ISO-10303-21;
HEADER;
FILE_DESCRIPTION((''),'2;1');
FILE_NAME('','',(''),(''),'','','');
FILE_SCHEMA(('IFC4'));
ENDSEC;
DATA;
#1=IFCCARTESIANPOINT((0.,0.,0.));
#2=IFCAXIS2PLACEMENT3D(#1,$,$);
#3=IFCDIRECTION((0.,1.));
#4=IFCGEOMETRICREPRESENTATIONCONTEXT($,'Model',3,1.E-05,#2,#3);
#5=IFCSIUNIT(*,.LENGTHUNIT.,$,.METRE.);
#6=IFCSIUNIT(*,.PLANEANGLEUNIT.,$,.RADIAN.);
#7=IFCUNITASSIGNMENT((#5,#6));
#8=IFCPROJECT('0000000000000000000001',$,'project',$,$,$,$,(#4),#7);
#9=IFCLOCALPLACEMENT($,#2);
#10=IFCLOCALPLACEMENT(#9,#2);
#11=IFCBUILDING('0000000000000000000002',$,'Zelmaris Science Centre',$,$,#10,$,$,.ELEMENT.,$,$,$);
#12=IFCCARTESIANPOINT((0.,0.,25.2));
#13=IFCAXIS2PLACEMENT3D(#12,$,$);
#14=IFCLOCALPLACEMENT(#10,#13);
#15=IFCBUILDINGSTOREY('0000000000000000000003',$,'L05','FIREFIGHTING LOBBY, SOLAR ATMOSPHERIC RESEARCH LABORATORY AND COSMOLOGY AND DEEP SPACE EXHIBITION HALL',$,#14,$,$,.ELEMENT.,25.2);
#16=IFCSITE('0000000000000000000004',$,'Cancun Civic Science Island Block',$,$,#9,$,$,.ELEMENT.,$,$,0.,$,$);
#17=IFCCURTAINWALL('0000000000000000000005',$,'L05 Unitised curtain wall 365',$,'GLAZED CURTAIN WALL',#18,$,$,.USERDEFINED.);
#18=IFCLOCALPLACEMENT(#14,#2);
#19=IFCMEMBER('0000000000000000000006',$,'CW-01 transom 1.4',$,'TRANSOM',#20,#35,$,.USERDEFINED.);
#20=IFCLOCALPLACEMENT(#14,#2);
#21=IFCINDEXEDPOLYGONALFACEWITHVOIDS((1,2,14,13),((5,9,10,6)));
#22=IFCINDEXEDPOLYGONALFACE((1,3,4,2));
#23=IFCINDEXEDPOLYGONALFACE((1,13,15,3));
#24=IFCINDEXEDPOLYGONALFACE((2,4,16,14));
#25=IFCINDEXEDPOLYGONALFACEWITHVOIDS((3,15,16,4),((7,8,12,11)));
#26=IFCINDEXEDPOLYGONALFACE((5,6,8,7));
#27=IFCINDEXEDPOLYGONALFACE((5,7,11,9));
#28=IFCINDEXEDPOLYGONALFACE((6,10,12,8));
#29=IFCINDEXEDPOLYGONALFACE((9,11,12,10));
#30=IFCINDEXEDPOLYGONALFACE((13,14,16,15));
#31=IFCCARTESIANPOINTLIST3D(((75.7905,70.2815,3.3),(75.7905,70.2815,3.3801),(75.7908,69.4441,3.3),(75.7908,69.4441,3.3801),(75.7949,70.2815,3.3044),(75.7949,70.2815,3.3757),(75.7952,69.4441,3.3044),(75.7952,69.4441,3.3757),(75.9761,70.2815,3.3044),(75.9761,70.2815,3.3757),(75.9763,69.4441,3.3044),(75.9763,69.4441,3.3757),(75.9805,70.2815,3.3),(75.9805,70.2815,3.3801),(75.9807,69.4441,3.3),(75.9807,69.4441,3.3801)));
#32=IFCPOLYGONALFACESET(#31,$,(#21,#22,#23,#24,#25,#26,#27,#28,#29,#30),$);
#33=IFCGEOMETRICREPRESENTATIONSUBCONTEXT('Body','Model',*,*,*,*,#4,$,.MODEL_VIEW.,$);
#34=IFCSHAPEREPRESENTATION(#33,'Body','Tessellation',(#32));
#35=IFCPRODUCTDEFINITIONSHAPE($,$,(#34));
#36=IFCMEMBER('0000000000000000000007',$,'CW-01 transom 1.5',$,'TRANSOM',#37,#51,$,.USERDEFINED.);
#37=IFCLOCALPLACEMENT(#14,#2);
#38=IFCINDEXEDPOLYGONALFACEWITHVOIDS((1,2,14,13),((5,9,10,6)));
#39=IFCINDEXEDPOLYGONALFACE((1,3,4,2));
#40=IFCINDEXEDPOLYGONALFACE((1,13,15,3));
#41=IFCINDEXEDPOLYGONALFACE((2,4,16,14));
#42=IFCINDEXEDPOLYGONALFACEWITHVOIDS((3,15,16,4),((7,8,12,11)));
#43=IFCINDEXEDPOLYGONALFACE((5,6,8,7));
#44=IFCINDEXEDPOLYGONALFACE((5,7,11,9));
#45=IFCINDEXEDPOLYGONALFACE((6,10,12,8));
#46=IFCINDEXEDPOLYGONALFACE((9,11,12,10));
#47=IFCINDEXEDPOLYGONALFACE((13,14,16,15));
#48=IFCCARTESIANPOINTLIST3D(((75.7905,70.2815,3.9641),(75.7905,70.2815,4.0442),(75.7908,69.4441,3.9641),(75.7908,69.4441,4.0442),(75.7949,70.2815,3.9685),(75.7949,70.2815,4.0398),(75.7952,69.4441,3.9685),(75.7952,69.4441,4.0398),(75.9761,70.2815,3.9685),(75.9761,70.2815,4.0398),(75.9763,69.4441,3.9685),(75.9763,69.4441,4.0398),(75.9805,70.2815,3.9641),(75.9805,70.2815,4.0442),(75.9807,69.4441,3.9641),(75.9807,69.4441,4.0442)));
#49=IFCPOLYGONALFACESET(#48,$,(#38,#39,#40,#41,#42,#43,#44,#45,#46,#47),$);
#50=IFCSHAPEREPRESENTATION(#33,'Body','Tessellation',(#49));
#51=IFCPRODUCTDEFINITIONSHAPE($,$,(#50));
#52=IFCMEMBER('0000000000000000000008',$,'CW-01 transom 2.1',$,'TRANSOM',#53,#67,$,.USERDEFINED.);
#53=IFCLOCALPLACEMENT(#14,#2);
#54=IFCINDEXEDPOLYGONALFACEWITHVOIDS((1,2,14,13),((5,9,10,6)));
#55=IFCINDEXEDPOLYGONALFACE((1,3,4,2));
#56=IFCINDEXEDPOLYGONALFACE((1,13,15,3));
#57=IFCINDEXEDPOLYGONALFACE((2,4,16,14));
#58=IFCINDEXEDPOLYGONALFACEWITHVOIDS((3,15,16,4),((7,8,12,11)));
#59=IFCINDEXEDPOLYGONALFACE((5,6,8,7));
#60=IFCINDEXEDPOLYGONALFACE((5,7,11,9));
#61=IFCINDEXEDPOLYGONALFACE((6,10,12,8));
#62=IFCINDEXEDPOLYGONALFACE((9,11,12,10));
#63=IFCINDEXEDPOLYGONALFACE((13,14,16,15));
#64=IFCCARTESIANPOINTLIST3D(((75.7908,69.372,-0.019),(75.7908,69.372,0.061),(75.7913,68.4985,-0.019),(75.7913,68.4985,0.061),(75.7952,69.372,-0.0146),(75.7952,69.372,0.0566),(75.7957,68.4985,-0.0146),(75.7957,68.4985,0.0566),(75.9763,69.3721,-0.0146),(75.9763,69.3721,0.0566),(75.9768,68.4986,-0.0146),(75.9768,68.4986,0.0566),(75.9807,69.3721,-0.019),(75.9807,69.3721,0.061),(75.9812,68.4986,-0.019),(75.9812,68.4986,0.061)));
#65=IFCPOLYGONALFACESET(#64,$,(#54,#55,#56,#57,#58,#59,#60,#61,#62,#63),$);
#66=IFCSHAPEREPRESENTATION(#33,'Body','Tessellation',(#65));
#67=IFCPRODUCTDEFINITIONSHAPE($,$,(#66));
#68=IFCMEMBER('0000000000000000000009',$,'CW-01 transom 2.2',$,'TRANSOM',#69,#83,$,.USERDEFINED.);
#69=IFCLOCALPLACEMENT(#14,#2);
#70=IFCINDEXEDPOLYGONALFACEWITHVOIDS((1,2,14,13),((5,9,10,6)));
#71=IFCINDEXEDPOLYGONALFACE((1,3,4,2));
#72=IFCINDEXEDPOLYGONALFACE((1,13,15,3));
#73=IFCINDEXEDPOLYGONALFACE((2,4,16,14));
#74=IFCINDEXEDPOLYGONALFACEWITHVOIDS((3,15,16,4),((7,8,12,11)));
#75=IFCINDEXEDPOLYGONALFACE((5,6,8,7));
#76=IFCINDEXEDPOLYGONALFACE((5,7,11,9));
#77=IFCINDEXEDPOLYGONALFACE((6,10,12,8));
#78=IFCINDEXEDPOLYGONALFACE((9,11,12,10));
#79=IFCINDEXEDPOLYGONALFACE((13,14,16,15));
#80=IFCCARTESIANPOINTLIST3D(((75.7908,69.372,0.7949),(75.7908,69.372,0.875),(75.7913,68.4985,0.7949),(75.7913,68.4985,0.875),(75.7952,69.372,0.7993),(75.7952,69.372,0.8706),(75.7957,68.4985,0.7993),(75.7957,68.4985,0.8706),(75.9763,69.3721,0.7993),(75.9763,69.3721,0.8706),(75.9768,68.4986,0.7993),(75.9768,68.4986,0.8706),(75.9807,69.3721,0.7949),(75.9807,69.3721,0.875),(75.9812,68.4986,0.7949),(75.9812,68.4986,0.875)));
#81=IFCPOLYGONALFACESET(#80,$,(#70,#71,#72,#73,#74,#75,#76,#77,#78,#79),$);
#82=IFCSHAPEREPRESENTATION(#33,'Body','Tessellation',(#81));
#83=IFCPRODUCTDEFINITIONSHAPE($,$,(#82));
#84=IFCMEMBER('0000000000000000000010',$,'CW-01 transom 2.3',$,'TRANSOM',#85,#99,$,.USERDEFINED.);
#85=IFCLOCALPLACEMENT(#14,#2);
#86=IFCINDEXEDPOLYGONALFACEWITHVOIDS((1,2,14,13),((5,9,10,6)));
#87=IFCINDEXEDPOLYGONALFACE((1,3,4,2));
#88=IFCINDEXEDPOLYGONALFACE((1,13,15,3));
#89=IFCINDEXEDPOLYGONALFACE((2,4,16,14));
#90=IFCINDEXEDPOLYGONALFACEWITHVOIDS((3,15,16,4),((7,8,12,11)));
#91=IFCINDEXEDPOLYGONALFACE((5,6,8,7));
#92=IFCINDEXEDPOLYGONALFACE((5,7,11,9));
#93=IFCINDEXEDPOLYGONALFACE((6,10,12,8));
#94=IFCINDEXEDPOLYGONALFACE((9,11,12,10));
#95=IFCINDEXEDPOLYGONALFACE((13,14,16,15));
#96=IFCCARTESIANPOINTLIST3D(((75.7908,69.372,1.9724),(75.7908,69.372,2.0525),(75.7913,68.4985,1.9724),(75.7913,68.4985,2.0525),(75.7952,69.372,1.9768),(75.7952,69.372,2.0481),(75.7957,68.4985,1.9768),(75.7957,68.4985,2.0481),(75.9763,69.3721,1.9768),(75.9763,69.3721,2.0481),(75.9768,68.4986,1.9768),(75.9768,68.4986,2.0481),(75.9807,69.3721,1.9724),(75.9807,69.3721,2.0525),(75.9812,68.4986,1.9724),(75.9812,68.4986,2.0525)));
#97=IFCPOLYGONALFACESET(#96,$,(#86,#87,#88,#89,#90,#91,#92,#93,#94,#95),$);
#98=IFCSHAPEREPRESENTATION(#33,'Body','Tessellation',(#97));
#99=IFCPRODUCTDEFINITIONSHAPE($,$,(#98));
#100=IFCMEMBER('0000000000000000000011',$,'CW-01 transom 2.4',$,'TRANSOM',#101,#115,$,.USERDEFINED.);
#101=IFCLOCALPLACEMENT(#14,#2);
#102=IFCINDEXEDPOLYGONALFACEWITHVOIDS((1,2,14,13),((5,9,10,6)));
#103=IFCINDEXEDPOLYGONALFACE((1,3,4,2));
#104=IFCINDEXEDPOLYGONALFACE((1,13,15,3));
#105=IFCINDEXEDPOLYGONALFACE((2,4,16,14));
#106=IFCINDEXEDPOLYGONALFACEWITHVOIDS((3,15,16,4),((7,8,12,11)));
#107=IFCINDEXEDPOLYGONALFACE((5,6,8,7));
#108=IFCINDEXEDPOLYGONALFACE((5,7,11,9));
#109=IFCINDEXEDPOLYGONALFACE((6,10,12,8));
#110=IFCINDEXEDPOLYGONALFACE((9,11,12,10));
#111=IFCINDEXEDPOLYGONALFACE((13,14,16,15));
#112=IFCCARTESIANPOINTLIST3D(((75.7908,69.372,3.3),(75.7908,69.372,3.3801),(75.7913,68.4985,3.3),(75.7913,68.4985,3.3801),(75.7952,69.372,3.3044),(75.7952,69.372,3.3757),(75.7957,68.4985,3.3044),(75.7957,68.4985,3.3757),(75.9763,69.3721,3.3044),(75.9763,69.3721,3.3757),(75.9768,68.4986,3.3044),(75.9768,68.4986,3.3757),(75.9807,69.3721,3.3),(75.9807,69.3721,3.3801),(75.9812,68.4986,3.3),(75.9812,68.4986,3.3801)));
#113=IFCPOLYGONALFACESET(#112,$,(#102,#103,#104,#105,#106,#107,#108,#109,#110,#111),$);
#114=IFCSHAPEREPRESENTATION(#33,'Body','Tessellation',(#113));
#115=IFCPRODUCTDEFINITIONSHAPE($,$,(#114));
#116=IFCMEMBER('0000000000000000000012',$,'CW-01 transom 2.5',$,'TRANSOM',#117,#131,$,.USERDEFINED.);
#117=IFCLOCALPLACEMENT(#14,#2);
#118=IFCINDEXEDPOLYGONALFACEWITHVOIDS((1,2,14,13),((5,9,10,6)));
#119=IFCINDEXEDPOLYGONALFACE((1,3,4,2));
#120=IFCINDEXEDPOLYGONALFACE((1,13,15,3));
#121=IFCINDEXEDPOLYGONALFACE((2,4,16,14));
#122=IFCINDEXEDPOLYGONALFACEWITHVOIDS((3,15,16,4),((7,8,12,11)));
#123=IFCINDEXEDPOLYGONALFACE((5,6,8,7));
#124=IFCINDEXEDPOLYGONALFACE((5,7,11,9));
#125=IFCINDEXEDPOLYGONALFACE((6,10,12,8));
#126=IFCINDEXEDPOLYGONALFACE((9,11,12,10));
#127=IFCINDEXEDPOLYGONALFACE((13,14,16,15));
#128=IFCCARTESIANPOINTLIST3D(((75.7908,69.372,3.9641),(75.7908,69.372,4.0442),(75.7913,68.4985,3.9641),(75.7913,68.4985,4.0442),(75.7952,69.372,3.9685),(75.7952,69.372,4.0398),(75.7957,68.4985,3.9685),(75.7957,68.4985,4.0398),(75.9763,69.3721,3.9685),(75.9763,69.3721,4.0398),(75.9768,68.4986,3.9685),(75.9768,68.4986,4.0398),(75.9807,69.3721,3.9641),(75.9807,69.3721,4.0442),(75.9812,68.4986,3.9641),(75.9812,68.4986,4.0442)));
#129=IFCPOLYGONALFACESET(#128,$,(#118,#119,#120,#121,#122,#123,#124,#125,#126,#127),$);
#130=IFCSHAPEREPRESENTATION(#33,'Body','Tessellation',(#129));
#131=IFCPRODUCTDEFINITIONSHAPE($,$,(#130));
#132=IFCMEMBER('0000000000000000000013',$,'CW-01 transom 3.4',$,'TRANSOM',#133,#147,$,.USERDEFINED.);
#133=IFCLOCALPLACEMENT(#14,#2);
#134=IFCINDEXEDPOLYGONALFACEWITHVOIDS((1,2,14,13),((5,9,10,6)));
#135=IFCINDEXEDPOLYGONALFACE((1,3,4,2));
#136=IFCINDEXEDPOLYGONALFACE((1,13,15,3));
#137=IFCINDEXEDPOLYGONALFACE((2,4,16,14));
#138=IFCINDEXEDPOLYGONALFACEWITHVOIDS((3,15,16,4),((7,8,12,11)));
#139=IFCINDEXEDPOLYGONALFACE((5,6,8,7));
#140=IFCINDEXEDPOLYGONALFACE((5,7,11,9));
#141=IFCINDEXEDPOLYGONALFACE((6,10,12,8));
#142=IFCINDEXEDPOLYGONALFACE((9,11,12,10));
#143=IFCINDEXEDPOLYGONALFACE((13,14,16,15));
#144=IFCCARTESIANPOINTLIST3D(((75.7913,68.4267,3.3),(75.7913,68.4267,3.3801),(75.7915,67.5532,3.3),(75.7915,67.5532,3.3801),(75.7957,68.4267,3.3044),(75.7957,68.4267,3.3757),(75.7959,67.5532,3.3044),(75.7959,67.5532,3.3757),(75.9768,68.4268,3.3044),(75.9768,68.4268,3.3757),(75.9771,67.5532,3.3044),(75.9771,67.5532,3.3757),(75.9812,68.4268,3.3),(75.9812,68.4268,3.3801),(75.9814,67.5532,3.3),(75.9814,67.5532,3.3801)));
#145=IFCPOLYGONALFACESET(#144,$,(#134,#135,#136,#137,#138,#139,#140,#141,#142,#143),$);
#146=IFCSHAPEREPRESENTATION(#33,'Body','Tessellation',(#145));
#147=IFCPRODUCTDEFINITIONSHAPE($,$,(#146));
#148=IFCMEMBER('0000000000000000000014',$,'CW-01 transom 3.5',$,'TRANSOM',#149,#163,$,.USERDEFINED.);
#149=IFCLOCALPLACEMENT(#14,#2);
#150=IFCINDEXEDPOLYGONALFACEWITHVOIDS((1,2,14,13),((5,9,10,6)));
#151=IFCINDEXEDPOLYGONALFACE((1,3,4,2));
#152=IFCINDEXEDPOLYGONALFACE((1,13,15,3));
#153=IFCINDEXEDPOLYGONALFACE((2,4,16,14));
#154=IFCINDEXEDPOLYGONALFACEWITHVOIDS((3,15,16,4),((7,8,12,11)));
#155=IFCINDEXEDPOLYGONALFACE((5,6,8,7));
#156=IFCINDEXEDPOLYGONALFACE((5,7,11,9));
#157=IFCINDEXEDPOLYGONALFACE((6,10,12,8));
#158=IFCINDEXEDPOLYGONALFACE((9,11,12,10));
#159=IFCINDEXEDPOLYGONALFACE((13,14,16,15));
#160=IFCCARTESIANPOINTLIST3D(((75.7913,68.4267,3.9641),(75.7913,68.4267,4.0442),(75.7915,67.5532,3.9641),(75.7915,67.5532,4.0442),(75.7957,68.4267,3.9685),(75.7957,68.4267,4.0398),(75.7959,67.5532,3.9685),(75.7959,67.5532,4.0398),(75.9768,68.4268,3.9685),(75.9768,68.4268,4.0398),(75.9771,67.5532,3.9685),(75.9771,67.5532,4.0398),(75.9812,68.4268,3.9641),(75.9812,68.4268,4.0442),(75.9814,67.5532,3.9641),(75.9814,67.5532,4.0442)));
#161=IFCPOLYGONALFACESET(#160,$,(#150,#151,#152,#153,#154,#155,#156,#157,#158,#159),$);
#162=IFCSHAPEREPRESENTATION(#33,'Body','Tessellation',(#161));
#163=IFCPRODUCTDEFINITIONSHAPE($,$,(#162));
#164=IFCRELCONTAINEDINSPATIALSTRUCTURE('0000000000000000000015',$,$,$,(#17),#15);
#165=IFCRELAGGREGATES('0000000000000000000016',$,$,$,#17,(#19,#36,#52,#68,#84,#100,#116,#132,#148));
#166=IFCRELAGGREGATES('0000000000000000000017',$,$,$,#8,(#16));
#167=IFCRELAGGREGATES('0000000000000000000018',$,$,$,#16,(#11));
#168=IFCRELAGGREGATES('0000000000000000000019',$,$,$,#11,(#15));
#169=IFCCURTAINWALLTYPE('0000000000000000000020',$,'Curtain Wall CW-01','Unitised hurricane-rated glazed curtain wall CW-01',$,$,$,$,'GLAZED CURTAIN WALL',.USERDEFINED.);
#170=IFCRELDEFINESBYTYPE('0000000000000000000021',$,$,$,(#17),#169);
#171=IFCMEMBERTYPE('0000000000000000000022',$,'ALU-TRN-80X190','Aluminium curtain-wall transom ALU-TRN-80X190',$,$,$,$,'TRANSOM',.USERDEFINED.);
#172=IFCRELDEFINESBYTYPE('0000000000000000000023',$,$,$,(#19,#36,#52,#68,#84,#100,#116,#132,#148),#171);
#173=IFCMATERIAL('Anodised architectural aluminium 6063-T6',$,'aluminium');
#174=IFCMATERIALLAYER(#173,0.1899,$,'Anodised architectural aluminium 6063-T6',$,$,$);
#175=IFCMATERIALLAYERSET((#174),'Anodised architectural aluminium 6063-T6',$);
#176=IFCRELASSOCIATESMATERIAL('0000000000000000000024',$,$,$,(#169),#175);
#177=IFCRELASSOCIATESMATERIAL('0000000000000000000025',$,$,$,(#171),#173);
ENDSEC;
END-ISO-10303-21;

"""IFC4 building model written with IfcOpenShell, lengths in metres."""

from ifc_helpers import new_model, si_unit, direction, frame, origin, origin_2d, place, context, subcontext, project, spatial, hollow_rectangle, extrude, material, layer, layer_set, material_profile, profile_set, type_object, element, aggregate, save


model = new_model("IFC4")

# Units and contexts
model_context = context("Model", 3, precision=1e-05, world=origin(), true_north=direction((0.0, 1.0)))
body_context = subcontext(model_context, "Body", "Model", "MODEL_VIEW")
ifc_project = project(units=[si_unit("LENGTHUNIT", "METRE"), si_unit("PLANEANGLEUNIT", "RADIAN")], contexts=[model_context])

# Site, building, storey
site_placement = place(None, origin())
site = spatial("IfcSite", under=ifc_project, at=site_placement, Name="Cancun Civic Science Island Block", CompositionType="ELEMENT", RefElevation=0.0)
building_placement = place(site_placement, origin())
building = spatial("IfcBuilding", under=site, at=building_placement, Name="Zelmaris Science Centre", CompositionType="ELEMENT")
storey_placement = place(building_placement, frame((0.0, 0.0, 25.2)))
storey = spatial("IfcBuildingStorey", under=building, at=storey_placement, Name="L05", Description="FIREFIGHTING LOBBY, SOLAR ATMOSPHERIC RESEARCH LABORATORY AND COSMOLOGY AND DEEP SPACE EXHIBITION HALL", CompositionType="ELEMENT", Elevation=25.2)

# Curtain wall
ifc_material_1 = material(Name="Anodised architectural aluminium 6063-T6", Category="aluminium")
ifc_layer_1 = layer(ifc_material_1, 0.1899, Name="Anodised architectural aluminium 6063-T6")
ifc_layer_set_1 = layer_set([ifc_layer_1], Name="Anodised architectural aluminium 6063-T6")
curtain_wall_type_1 = type_object("IfcCurtainWallType", Name="Curtain Wall CW-01", Description="Unitised hurricane-rated glazed curtain wall CW-01", ElementType="GLAZED CURTAIN WALL", PredefinedType="USERDEFINED", material=ifc_layer_set_1)
curtain_wall_1_placement = place(storey_placement, origin())
curtain_wall_1 = element("IfcCurtainWall", 1, at=curtain_wall_1_placement, inside=storey, type_object=curtain_wall_type_1, Name="L05 Unitised curtain wall 365", ObjectType="GLAZED CURTAIN WALL", PredefinedType="USERDEFINED")

# Members
ifc_material_profile_1 = material_profile(ifc_material_1, hollow_rectangle(XDim=0.0801, YDim=0.1899, WallThickness=0.0044, at=origin_2d()), Name="ALU-TRN-80X190")
ifc_profile_set_1 = profile_set([ifc_material_profile_1], Name="Anodised architectural aluminium 6063-T6")
member_type_1 = type_object("IfcMemberType", Name="ALU-TRN-80X190", Description="Aluminium curtain-wall transom ALU-TRN-80X190", ElementType="TRANSOM", PredefinedType="USERDEFINED", material=ifc_profile_set_1)
member_1_placement = place(storey_placement, frame((75.8855, 70.2815, 3.3401), z_axis=(0.000292, -1.0, 0.0), x_axis=(0.0, 0.0, 1.0)))
member_1 = element("IfcMember", 2, at=member_1_placement, type_object=member_type_1, Name="CW-01 transom 1.4", ObjectType="TRANSOM", PredefinedType="USERDEFINED", context=body_context, shape_type="SweptSolid", body=[
    extrude(hollow_rectangle(XDim=0.0801, YDim=0.1899, WallThickness=0.0044, at=origin_2d()), origin(), (0.0, 0.0, 1.0), 0.8374),
])
member_2_placement = place(storey_placement, frame((75.8855, 70.2815, 4.0042), z_axis=(0.000292, -1.0, 0.0), x_axis=(0.0, 0.0, 1.0)))
member_2 = element("IfcMember", 3, at=member_2_placement, type_object=member_type_1, Name="CW-01 transom 1.5", ObjectType="TRANSOM", PredefinedType="USERDEFINED", context=body_context, shape_type="SweptSolid", body=[
    extrude(hollow_rectangle(XDim=0.0801, YDim=0.1899, WallThickness=0.0044, at=origin_2d()), origin(), (0.0, 0.0, 1.0), 0.8374),
])
member_3_placement = place(storey_placement, frame((75.8857, 69.3721, 0.021), z_axis=(0.000559, -1.0, 0.0), x_axis=(0.0, 0.0, 1.0)))
member_3 = element("IfcMember", 4, at=member_3_placement, type_object=member_type_1, Name="CW-01 transom 2.1", ObjectType="TRANSOM", PredefinedType="USERDEFINED", context=body_context, shape_type="SweptSolid", body=[
    extrude(hollow_rectangle(XDim=0.0801, YDim=0.1899, WallThickness=0.0044, at=origin_2d()), origin(), (0.0, 0.0, 1.0), 0.8735),
])
member_4_placement = place(storey_placement, frame((75.8857, 69.3721, 0.835), z_axis=(0.000559, -1.0, 0.0), x_axis=(0.0, 0.0, 1.0)))
member_4 = element("IfcMember", 5, at=member_4_placement, type_object=member_type_1, Name="CW-01 transom 2.2", ObjectType="TRANSOM", PredefinedType="USERDEFINED", context=body_context, shape_type="SweptSolid", body=[
    extrude(hollow_rectangle(XDim=0.0801, YDim=0.1899, WallThickness=0.0044, at=origin_2d()), origin(), (0.0, 0.0, 1.0), 0.8735),
])
member_5_placement = place(storey_placement, frame((75.8857, 69.3721, 2.0125), z_axis=(0.000559, -1.0, 0.0), x_axis=(0.0, 0.0, 1.0)))
member_5 = element("IfcMember", 6, at=member_5_placement, type_object=member_type_1, Name="CW-01 transom 2.3", ObjectType="TRANSOM", PredefinedType="USERDEFINED", context=body_context, shape_type="SweptSolid", body=[
    extrude(hollow_rectangle(XDim=0.0801, YDim=0.1899, WallThickness=0.0044, at=origin_2d()), origin(), (0.0, 0.0, 1.0), 0.8735),
])
member_6_placement = place(storey_placement, frame((75.8857, 69.3721, 3.3401), z_axis=(0.000559, -1.0, 0.0), x_axis=(0.0, 0.0, 1.0)))
member_6 = element("IfcMember", 7, at=member_6_placement, type_object=member_type_1, Name="CW-01 transom 2.4", ObjectType="TRANSOM", PredefinedType="USERDEFINED", context=body_context, shape_type="SweptSolid", body=[
    extrude(hollow_rectangle(XDim=0.0801, YDim=0.1899, WallThickness=0.0044, at=origin_2d()), origin(), (0.0, 0.0, 1.0), 0.8735),
])
member_7_placement = place(storey_placement, frame((75.8857, 69.3721, 4.0042), z_axis=(0.000559, -1.0, 0.0), x_axis=(0.0, 0.0, 1.0)))
member_7 = element("IfcMember", 8, at=member_7_placement, type_object=member_type_1, Name="CW-01 transom 2.5", ObjectType="TRANSOM", PredefinedType="USERDEFINED", context=body_context, shape_type="SweptSolid", body=[
    extrude(hollow_rectangle(XDim=0.0801, YDim=0.1899, WallThickness=0.0044, at=origin_2d()), origin(), (0.0, 0.0, 1.0), 0.8735),
])
member_8_placement = place(storey_placement, frame((75.8862, 68.4268, 3.3401), z_axis=(0.000279, -1.0, 0.0), x_axis=(0.0, 0.0, 1.0)))
member_8 = element("IfcMember", 9, at=member_8_placement, type_object=member_type_1, Name="CW-01 transom 3.4", ObjectType="TRANSOM", PredefinedType="USERDEFINED", context=body_context, shape_type="SweptSolid", body=[
    extrude(hollow_rectangle(XDim=0.0801, YDim=0.1899, WallThickness=0.0044, at=origin_2d()), origin(), (0.0, 0.0, 1.0), 0.8735),
])
member_9_placement = place(storey_placement, frame((75.8862, 68.4268, 4.0042), z_axis=(0.000279, -1.0, 0.0), x_axis=(0.0, 0.0, 1.0)))
member_9 = element("IfcMember", 10, at=member_9_placement, type_object=member_type_1, Name="CW-01 transom 3.5", ObjectType="TRANSOM", PredefinedType="USERDEFINED", context=body_context, shape_type="SweptSolid", body=[
    extrude(hollow_rectangle(XDim=0.0801, YDim=0.1899, WallThickness=0.0044, at=origin_2d()), origin(), (0.0, 0.0, 1.0), 0.8735),
])

aggregate(curtain_wall_1, [member_1, member_2, member_3, member_4, member_5, member_6, member_7, member_8, member_9])

save(model, "model.ifc")
